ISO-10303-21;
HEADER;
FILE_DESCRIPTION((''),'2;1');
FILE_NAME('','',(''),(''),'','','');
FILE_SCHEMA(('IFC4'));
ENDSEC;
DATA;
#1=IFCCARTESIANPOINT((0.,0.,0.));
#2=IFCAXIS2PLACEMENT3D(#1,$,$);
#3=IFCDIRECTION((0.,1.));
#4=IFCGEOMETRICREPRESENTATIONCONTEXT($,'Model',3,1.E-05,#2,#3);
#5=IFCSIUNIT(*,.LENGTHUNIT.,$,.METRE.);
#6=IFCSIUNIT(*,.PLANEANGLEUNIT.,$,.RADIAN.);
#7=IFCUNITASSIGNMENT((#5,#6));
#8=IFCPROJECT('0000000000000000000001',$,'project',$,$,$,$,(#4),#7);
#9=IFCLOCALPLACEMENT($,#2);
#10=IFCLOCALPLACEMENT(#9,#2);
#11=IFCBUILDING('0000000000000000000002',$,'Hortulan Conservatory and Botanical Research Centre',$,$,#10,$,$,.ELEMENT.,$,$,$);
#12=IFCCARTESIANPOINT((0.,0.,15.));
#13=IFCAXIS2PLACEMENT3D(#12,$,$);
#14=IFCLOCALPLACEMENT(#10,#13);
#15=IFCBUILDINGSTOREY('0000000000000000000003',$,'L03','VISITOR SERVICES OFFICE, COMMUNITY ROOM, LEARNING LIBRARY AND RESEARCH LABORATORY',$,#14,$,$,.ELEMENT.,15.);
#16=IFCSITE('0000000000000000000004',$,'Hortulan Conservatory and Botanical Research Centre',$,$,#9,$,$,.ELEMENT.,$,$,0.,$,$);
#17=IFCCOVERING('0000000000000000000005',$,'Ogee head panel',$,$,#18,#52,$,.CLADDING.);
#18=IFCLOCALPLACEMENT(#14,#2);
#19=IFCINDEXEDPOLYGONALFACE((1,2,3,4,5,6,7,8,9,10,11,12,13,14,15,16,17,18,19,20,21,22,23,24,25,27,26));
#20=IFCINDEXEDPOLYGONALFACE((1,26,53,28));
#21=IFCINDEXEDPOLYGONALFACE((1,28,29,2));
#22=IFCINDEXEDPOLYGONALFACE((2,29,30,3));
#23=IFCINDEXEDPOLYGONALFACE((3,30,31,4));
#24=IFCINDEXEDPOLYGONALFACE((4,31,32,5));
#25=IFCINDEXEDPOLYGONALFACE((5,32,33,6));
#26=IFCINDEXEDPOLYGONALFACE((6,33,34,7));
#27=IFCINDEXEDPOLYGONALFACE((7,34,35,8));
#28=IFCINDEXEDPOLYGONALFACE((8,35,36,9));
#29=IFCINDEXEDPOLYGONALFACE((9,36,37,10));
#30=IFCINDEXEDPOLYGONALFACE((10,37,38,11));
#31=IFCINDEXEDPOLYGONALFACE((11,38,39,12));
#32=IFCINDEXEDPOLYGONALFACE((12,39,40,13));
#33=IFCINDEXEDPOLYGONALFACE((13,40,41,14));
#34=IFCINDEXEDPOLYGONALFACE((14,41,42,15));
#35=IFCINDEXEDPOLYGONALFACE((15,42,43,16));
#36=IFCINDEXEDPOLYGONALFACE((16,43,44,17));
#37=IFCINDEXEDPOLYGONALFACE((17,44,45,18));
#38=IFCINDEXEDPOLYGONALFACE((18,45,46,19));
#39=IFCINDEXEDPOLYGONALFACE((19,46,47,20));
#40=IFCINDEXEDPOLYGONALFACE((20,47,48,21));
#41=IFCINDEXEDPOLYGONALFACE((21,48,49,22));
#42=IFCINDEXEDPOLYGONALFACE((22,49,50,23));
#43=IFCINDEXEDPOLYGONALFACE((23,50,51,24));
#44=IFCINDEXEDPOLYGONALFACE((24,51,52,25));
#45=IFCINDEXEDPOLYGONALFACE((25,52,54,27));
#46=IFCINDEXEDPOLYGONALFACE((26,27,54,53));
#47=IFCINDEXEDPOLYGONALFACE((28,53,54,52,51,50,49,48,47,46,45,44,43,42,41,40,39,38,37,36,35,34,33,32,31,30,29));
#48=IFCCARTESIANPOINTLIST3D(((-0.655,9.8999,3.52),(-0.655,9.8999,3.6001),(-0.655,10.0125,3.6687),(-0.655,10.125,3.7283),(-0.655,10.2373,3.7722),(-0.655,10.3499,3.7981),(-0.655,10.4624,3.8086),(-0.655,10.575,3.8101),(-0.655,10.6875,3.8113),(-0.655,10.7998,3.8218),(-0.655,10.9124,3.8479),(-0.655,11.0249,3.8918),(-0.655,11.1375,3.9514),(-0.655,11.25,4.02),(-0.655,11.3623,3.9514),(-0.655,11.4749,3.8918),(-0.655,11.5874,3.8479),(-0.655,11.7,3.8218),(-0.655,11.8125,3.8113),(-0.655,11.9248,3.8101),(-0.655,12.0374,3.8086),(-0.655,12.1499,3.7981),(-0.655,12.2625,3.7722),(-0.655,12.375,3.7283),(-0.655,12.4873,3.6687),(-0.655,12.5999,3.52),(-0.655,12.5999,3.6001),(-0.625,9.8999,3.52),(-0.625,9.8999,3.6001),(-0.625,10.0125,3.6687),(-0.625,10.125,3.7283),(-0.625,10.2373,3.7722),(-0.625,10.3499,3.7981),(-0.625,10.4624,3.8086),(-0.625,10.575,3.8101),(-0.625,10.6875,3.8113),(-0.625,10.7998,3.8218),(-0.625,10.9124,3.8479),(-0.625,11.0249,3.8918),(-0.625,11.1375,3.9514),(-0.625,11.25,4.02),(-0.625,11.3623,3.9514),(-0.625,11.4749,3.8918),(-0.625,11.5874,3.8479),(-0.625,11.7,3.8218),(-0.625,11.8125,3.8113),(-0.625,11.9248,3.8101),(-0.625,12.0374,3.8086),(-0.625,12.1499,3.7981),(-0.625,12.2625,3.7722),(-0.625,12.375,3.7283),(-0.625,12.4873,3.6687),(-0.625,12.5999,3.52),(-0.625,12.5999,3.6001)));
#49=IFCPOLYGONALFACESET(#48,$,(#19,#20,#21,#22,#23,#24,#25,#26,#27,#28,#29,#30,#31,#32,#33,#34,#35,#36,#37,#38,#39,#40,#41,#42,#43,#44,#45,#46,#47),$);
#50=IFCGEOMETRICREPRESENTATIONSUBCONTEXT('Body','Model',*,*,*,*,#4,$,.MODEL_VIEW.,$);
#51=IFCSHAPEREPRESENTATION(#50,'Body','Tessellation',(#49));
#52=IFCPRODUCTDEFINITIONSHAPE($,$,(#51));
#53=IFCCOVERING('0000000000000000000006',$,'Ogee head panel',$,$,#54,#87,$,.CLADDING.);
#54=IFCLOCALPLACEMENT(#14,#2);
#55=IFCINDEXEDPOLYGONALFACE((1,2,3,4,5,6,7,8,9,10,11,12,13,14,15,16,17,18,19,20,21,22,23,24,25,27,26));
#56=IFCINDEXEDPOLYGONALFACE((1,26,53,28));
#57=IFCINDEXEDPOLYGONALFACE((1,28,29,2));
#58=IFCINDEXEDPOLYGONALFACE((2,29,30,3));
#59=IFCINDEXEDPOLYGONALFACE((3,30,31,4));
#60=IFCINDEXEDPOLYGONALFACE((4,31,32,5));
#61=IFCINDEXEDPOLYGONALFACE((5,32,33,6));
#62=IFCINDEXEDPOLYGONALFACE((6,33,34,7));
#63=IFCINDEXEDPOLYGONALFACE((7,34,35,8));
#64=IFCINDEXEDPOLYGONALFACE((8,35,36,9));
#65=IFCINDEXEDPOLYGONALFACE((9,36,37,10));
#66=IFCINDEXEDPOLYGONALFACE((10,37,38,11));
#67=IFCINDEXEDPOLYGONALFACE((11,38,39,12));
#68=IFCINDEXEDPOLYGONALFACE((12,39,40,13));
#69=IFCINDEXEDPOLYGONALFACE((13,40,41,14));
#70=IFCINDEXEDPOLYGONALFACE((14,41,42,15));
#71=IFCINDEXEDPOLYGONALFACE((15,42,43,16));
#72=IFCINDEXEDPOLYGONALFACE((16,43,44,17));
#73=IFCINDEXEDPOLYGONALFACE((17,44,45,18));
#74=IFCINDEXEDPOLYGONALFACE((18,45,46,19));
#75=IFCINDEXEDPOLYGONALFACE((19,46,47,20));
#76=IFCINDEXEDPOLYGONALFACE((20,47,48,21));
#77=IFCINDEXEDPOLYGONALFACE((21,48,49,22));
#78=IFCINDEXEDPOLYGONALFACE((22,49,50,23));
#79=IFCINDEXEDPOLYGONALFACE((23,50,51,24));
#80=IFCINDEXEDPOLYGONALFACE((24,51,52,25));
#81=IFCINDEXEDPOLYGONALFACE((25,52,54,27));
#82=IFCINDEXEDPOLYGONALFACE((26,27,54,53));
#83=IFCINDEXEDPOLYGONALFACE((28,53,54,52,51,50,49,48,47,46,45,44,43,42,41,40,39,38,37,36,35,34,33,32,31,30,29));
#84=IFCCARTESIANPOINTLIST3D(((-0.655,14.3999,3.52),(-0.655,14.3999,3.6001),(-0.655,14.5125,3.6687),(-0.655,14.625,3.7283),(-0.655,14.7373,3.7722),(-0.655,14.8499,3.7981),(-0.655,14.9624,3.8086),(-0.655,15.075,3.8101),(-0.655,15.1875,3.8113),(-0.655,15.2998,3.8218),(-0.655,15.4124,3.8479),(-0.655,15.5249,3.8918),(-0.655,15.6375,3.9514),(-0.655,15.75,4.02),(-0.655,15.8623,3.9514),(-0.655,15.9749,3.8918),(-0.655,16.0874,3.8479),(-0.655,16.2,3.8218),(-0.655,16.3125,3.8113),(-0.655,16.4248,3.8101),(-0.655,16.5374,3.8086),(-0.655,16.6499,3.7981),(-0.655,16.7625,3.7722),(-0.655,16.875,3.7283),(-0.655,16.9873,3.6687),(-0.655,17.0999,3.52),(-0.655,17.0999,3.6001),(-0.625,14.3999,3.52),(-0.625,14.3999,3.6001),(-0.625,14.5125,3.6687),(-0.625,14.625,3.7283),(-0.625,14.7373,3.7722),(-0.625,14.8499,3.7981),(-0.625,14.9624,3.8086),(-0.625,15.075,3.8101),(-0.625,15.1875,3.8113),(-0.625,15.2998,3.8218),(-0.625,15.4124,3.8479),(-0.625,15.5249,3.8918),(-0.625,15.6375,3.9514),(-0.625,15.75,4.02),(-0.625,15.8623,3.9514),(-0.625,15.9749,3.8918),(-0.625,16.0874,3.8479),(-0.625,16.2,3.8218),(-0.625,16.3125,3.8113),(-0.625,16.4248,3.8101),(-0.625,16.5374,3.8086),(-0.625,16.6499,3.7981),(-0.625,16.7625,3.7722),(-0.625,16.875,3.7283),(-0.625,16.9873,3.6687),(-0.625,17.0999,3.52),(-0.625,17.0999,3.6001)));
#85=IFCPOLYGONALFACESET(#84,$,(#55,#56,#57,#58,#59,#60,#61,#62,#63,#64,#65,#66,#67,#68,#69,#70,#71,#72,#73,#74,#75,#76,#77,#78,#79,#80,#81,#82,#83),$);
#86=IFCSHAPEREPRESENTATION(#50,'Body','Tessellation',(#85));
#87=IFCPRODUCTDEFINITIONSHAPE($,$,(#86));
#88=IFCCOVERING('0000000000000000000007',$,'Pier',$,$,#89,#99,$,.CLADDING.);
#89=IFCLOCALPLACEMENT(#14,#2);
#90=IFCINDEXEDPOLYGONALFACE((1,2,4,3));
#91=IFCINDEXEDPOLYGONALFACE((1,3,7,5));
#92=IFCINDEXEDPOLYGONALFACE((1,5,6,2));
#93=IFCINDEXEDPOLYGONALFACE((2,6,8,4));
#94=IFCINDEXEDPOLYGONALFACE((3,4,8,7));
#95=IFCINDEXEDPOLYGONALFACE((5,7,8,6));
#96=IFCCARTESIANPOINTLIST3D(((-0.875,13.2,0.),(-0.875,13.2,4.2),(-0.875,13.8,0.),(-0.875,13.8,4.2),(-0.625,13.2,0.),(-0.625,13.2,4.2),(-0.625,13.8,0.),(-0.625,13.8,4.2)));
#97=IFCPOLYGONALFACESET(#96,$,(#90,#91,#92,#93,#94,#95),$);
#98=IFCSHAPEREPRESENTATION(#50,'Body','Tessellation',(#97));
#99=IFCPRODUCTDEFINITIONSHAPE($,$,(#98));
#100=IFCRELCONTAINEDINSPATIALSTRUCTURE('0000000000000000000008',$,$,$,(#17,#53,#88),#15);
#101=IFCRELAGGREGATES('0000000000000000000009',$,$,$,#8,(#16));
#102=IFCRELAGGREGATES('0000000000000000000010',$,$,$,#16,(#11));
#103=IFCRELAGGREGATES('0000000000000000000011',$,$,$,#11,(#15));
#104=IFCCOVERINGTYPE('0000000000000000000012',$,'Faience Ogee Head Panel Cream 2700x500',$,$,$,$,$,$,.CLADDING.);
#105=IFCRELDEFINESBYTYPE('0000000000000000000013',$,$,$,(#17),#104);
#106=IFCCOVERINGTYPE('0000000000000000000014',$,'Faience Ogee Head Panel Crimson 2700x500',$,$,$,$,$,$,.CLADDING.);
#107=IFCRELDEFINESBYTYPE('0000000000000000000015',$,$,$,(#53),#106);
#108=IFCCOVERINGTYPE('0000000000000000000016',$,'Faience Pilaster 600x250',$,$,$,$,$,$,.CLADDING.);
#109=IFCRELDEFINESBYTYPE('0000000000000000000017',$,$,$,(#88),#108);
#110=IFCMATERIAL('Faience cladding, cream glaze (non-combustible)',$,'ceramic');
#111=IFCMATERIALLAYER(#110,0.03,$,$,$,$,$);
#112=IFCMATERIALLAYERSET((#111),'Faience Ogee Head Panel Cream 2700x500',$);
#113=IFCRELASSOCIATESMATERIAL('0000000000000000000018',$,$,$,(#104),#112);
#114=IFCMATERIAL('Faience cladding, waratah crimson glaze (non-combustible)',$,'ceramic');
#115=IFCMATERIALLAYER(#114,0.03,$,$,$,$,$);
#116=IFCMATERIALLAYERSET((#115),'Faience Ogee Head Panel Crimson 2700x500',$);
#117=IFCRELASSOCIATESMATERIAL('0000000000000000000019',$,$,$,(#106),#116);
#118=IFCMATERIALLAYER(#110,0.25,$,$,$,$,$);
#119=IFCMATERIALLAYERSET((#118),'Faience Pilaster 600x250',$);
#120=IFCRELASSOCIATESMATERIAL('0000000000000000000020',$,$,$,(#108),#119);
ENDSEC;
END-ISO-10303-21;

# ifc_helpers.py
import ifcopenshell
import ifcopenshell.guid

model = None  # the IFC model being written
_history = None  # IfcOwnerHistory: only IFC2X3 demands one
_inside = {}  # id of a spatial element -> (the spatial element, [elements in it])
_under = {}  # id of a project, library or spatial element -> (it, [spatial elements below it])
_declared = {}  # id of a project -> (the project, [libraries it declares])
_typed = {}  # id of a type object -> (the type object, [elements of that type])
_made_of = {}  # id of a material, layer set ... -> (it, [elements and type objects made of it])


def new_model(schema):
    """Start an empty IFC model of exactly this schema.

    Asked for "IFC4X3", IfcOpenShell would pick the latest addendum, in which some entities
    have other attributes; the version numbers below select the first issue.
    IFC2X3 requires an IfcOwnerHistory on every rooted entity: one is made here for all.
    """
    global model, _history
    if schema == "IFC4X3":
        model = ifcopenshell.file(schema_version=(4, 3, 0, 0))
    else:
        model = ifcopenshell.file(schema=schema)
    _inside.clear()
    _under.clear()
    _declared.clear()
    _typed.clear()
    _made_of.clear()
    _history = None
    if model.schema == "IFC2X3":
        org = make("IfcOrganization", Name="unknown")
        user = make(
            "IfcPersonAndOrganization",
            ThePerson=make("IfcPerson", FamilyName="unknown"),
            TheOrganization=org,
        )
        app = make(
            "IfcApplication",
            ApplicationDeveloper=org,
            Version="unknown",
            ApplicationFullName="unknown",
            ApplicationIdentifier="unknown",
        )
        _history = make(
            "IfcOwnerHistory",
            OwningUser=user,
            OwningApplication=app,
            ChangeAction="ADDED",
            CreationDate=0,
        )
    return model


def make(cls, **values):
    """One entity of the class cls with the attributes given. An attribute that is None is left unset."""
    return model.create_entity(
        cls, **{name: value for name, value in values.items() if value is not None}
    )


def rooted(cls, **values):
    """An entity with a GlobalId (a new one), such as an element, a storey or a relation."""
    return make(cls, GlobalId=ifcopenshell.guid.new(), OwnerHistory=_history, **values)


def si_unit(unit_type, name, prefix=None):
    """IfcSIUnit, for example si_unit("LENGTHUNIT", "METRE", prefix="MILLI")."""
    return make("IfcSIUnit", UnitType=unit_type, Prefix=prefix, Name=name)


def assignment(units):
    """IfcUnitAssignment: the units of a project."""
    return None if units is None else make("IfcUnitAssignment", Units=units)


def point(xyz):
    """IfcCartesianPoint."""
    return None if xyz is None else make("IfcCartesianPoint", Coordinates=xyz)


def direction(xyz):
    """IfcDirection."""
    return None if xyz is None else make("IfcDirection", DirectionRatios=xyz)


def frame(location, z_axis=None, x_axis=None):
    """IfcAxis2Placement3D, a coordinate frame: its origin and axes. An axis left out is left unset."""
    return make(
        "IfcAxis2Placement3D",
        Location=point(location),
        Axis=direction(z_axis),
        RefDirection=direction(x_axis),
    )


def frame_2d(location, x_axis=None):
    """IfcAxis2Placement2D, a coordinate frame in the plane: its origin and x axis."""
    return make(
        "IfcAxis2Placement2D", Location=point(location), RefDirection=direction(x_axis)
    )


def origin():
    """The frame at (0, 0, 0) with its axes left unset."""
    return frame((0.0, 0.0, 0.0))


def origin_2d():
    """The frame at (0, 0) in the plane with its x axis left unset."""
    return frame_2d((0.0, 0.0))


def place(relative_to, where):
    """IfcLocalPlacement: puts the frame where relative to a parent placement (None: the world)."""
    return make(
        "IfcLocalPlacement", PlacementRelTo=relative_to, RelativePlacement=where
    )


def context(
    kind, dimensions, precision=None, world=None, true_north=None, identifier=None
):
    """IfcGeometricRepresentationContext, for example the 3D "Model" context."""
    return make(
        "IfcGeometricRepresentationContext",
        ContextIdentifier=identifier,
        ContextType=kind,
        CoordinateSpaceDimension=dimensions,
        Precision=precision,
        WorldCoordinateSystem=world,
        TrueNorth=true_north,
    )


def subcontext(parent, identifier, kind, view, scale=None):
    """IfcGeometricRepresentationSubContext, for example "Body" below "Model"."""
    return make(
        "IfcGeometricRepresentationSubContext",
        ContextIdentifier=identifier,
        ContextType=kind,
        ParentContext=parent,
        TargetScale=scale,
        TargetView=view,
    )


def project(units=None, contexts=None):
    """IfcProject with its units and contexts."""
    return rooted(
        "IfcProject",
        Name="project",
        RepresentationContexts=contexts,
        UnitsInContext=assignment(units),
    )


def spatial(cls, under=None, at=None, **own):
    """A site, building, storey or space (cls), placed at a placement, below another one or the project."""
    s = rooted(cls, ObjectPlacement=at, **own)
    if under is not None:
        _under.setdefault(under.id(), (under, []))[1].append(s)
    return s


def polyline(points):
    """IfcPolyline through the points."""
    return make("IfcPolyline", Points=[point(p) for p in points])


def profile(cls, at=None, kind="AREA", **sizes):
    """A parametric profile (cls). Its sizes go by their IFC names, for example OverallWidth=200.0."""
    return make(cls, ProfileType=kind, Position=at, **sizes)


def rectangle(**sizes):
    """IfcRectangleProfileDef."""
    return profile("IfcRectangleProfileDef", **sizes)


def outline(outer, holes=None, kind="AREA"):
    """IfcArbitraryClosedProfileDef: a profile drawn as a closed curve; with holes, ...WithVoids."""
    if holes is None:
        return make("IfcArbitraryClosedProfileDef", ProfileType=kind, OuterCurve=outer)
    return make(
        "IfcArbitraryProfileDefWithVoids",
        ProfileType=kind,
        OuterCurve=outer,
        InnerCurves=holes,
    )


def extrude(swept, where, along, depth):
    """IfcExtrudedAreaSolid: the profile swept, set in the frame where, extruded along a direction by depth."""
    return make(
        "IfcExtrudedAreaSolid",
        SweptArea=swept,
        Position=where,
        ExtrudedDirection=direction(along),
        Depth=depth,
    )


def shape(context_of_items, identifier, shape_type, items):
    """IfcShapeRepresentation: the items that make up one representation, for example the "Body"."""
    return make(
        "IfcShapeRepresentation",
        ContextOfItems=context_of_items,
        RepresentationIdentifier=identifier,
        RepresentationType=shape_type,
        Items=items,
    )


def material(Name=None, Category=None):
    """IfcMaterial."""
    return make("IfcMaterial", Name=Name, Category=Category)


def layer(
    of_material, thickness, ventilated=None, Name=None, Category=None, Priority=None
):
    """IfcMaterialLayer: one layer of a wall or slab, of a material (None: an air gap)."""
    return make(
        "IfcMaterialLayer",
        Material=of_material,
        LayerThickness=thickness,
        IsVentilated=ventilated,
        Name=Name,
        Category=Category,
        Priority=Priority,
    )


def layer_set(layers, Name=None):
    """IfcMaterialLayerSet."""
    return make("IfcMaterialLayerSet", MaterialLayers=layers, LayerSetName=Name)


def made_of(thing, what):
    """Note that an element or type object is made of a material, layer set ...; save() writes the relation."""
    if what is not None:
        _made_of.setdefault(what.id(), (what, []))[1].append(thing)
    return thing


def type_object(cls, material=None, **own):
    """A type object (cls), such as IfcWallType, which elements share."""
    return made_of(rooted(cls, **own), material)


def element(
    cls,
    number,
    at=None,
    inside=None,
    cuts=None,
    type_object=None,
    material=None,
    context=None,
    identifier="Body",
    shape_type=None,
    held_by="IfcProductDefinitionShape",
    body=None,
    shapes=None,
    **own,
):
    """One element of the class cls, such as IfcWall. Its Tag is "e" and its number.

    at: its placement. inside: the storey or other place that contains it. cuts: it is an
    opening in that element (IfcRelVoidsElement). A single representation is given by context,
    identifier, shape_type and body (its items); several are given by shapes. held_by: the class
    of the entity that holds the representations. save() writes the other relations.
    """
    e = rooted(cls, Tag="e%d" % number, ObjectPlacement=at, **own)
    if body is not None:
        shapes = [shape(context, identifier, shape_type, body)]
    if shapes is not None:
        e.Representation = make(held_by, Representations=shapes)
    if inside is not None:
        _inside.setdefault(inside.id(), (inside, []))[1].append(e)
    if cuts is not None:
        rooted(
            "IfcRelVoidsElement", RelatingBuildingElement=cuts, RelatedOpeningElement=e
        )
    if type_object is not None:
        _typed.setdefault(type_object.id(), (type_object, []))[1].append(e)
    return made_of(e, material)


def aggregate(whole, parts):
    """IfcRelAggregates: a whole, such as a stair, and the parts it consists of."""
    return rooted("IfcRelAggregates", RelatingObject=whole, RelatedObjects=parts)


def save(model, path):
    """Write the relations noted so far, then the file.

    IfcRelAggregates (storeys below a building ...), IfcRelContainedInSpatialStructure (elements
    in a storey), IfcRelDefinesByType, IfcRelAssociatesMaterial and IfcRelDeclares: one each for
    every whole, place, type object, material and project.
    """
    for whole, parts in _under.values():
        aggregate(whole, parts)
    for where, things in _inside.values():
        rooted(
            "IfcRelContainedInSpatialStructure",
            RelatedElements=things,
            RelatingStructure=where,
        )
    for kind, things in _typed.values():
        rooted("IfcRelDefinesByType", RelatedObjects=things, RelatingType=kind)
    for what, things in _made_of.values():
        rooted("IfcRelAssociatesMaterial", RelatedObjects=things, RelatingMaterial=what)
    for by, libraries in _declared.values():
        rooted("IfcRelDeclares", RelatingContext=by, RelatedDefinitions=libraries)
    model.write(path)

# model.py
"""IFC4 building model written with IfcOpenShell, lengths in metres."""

from ifc_helpers import new_model, si_unit, direction, frame, origin, origin_2d, place, context, subcontext, project, spatial, polyline, rectangle, outline, extrude, material, layer, layer_set, type_object, element, save


model = new_model("IFC4")

# Units and contexts
model_context = context("Model", 3, precision=1e-05, world=origin(), true_north=direction((0.0, 1.0)))
body_context = subcontext(model_context, "Body", "Model", "MODEL_VIEW")
ifc_project = project(units=[si_unit("LENGTHUNIT", "METRE"), si_unit("PLANEANGLEUNIT", "RADIAN")], contexts=[model_context])

# Site, building, storey
site_placement = place(None, origin())
site = spatial("IfcSite", under=ifc_project, at=site_placement, Name="Hortulan Conservatory and Botanical Research Centre", CompositionType="ELEMENT", RefElevation=0.0)
building_placement = place(site_placement, origin())
building = spatial("IfcBuilding", under=site, at=building_placement, Name="Hortulan Conservatory and Botanical Research Centre", CompositionType="ELEMENT")
storey_placement = place(building_placement, frame((0.0, 0.0, 15.0)))
storey = spatial("IfcBuildingStorey", under=building, at=storey_placement, Name="L03", Description="VISITOR SERVICES OFFICE, COMMUNITY ROOM, LEARNING LIBRARY AND RESEARCH LABORATORY", CompositionType="ELEMENT", Elevation=15.0)

# Coverings
ifc_material_1 = material(Name="Faience cladding, cream glaze (non-combustible)", Category="ceramic")
ifc_layer_1 = layer(ifc_material_1, 0.03)
ifc_layer_set_1 = layer_set([ifc_layer_1], Name="Faience Ogee Head Panel Cream 2700x500")
covering_type_1 = type_object("IfcCoveringType", Name="Faience Ogee Head Panel Cream 2700x500", PredefinedType="CLADDING", material=ifc_layer_set_1)
covering_1_placement = place(storey_placement, frame((-0.6399, 9.8999, 3.52), z_axis=(0.0, 0.0, 1.0), x_axis=(0.0, 1.0, 0.0)))
element("IfcCovering", 1, at=covering_1_placement, inside=storey, type_object=covering_type_1, Name="Ogee head panel", PredefinedType="CLADDING", context=body_context, shape_type="SweptSolid", body=[
    extrude(outline(polyline([(0.0, 0.0), (2.7, 0.0), (2.7, 0.0801), (2.5874, 0.1487), (2.4751, 0.2083), (2.3625, 0.2522), (2.25, 0.2781), (2.1375, 0.2886), (2.0249, 0.29), (1.9126, 0.2913), (1.8, 0.3018), (1.6875, 0.3279), (1.575, 0.3718), (1.4624, 0.4314), (1.3501, 0.5), (1.2375, 0.4314), (1.125, 0.3718), (1.0125, 0.3279), (0.8999, 0.3018), (0.7876, 0.2913), (0.675, 0.29), (0.5625, 0.2886), (0.45, 0.2781), (0.3374, 0.2522), (0.2251, 0.2083), (0.1125, 0.1487), (0.0, 0.0801), (0.0, 0.0)])), frame((0.0, 0.0151, 0.0), z_axis=(0.0, -1.0, 0.0), x_axis=(1.0, 0.0, 0.0)), (0.0, 0.0, 1.0), 0.03),
])
ifc_material_2 = material(Name="Faience cladding, waratah crimson glaze (non-combustible)", Category="ceramic")
ifc_layer_2 = layer(ifc_material_2, 0.03)
ifc_layer_set_2 = layer_set([ifc_layer_2], Name="Faience Ogee Head Panel Crimson 2700x500")
covering_type_2 = type_object("IfcCoveringType", Name="Faience Ogee Head Panel Crimson 2700x500", PredefinedType="CLADDING", material=ifc_layer_set_2)
covering_2_placement = place(storey_placement, frame((-0.6399, 14.3999, 3.52), z_axis=(0.0, 0.0, 1.0), x_axis=(0.0, 1.0, 0.0)))
element("IfcCovering", 2, at=covering_2_placement, inside=storey, type_object=covering_type_2, Name="Ogee head panel", PredefinedType="CLADDING", context=body_context, shape_type="SweptSolid", body=[
    extrude(outline(polyline([(0.0, 0.0), (2.7, 0.0), (2.7, 0.0801), (2.5874, 0.1487), (2.4751, 0.2083), (2.3625, 0.2522), (2.25, 0.2781), (2.1375, 0.2886), (2.0249, 0.29), (1.9126, 0.2913), (1.8, 0.3018), (1.6875, 0.3279), (1.575, 0.3718), (1.4624, 0.4314), (1.3501, 0.5), (1.2375, 0.4314), (1.125, 0.3718), (1.0125, 0.3279), (0.8999, 0.3018), (0.7876, 0.2913), (0.675, 0.29), (0.5625, 0.2886), (0.45, 0.2781), (0.3374, 0.2522), (0.2251, 0.2083), (0.1125, 0.1487), (0.0, 0.0801), (0.0, 0.0)])), frame((0.0, 0.0151, 0.0), z_axis=(0.0, -1.0, 0.0), x_axis=(1.0, 0.0, 0.0)), (0.0, 0.0, 1.0), 0.03),
])
ifc_layer_3 = layer(ifc_material_1, 0.25)
ifc_layer_set_3 = layer_set([ifc_layer_3], Name="Faience Pilaster 600x250")
covering_type_3 = type_object("IfcCoveringType", Name="Faience Pilaster 600x250", PredefinedType="CLADDING", material=ifc_layer_set_3)
covering_3_placement = place(storey_placement, frame((-0.75, 13.5, 0.0), z_axis=(0.0, 0.0, 1.0), x_axis=(0.0, 1.0, 0.0)))
element("IfcCovering", 3, at=covering_3_placement, inside=storey, type_object=covering_type_3, Name="Pier", PredefinedType="CLADDING", context=body_context, shape_type="SweptSolid", body=[
    extrude(rectangle(XDim=0.6001, YDim=0.25, at=origin_2d()), origin(), (0.0, 0.0, 1.0), 4.2),
])

save(model, "model.ifc")
